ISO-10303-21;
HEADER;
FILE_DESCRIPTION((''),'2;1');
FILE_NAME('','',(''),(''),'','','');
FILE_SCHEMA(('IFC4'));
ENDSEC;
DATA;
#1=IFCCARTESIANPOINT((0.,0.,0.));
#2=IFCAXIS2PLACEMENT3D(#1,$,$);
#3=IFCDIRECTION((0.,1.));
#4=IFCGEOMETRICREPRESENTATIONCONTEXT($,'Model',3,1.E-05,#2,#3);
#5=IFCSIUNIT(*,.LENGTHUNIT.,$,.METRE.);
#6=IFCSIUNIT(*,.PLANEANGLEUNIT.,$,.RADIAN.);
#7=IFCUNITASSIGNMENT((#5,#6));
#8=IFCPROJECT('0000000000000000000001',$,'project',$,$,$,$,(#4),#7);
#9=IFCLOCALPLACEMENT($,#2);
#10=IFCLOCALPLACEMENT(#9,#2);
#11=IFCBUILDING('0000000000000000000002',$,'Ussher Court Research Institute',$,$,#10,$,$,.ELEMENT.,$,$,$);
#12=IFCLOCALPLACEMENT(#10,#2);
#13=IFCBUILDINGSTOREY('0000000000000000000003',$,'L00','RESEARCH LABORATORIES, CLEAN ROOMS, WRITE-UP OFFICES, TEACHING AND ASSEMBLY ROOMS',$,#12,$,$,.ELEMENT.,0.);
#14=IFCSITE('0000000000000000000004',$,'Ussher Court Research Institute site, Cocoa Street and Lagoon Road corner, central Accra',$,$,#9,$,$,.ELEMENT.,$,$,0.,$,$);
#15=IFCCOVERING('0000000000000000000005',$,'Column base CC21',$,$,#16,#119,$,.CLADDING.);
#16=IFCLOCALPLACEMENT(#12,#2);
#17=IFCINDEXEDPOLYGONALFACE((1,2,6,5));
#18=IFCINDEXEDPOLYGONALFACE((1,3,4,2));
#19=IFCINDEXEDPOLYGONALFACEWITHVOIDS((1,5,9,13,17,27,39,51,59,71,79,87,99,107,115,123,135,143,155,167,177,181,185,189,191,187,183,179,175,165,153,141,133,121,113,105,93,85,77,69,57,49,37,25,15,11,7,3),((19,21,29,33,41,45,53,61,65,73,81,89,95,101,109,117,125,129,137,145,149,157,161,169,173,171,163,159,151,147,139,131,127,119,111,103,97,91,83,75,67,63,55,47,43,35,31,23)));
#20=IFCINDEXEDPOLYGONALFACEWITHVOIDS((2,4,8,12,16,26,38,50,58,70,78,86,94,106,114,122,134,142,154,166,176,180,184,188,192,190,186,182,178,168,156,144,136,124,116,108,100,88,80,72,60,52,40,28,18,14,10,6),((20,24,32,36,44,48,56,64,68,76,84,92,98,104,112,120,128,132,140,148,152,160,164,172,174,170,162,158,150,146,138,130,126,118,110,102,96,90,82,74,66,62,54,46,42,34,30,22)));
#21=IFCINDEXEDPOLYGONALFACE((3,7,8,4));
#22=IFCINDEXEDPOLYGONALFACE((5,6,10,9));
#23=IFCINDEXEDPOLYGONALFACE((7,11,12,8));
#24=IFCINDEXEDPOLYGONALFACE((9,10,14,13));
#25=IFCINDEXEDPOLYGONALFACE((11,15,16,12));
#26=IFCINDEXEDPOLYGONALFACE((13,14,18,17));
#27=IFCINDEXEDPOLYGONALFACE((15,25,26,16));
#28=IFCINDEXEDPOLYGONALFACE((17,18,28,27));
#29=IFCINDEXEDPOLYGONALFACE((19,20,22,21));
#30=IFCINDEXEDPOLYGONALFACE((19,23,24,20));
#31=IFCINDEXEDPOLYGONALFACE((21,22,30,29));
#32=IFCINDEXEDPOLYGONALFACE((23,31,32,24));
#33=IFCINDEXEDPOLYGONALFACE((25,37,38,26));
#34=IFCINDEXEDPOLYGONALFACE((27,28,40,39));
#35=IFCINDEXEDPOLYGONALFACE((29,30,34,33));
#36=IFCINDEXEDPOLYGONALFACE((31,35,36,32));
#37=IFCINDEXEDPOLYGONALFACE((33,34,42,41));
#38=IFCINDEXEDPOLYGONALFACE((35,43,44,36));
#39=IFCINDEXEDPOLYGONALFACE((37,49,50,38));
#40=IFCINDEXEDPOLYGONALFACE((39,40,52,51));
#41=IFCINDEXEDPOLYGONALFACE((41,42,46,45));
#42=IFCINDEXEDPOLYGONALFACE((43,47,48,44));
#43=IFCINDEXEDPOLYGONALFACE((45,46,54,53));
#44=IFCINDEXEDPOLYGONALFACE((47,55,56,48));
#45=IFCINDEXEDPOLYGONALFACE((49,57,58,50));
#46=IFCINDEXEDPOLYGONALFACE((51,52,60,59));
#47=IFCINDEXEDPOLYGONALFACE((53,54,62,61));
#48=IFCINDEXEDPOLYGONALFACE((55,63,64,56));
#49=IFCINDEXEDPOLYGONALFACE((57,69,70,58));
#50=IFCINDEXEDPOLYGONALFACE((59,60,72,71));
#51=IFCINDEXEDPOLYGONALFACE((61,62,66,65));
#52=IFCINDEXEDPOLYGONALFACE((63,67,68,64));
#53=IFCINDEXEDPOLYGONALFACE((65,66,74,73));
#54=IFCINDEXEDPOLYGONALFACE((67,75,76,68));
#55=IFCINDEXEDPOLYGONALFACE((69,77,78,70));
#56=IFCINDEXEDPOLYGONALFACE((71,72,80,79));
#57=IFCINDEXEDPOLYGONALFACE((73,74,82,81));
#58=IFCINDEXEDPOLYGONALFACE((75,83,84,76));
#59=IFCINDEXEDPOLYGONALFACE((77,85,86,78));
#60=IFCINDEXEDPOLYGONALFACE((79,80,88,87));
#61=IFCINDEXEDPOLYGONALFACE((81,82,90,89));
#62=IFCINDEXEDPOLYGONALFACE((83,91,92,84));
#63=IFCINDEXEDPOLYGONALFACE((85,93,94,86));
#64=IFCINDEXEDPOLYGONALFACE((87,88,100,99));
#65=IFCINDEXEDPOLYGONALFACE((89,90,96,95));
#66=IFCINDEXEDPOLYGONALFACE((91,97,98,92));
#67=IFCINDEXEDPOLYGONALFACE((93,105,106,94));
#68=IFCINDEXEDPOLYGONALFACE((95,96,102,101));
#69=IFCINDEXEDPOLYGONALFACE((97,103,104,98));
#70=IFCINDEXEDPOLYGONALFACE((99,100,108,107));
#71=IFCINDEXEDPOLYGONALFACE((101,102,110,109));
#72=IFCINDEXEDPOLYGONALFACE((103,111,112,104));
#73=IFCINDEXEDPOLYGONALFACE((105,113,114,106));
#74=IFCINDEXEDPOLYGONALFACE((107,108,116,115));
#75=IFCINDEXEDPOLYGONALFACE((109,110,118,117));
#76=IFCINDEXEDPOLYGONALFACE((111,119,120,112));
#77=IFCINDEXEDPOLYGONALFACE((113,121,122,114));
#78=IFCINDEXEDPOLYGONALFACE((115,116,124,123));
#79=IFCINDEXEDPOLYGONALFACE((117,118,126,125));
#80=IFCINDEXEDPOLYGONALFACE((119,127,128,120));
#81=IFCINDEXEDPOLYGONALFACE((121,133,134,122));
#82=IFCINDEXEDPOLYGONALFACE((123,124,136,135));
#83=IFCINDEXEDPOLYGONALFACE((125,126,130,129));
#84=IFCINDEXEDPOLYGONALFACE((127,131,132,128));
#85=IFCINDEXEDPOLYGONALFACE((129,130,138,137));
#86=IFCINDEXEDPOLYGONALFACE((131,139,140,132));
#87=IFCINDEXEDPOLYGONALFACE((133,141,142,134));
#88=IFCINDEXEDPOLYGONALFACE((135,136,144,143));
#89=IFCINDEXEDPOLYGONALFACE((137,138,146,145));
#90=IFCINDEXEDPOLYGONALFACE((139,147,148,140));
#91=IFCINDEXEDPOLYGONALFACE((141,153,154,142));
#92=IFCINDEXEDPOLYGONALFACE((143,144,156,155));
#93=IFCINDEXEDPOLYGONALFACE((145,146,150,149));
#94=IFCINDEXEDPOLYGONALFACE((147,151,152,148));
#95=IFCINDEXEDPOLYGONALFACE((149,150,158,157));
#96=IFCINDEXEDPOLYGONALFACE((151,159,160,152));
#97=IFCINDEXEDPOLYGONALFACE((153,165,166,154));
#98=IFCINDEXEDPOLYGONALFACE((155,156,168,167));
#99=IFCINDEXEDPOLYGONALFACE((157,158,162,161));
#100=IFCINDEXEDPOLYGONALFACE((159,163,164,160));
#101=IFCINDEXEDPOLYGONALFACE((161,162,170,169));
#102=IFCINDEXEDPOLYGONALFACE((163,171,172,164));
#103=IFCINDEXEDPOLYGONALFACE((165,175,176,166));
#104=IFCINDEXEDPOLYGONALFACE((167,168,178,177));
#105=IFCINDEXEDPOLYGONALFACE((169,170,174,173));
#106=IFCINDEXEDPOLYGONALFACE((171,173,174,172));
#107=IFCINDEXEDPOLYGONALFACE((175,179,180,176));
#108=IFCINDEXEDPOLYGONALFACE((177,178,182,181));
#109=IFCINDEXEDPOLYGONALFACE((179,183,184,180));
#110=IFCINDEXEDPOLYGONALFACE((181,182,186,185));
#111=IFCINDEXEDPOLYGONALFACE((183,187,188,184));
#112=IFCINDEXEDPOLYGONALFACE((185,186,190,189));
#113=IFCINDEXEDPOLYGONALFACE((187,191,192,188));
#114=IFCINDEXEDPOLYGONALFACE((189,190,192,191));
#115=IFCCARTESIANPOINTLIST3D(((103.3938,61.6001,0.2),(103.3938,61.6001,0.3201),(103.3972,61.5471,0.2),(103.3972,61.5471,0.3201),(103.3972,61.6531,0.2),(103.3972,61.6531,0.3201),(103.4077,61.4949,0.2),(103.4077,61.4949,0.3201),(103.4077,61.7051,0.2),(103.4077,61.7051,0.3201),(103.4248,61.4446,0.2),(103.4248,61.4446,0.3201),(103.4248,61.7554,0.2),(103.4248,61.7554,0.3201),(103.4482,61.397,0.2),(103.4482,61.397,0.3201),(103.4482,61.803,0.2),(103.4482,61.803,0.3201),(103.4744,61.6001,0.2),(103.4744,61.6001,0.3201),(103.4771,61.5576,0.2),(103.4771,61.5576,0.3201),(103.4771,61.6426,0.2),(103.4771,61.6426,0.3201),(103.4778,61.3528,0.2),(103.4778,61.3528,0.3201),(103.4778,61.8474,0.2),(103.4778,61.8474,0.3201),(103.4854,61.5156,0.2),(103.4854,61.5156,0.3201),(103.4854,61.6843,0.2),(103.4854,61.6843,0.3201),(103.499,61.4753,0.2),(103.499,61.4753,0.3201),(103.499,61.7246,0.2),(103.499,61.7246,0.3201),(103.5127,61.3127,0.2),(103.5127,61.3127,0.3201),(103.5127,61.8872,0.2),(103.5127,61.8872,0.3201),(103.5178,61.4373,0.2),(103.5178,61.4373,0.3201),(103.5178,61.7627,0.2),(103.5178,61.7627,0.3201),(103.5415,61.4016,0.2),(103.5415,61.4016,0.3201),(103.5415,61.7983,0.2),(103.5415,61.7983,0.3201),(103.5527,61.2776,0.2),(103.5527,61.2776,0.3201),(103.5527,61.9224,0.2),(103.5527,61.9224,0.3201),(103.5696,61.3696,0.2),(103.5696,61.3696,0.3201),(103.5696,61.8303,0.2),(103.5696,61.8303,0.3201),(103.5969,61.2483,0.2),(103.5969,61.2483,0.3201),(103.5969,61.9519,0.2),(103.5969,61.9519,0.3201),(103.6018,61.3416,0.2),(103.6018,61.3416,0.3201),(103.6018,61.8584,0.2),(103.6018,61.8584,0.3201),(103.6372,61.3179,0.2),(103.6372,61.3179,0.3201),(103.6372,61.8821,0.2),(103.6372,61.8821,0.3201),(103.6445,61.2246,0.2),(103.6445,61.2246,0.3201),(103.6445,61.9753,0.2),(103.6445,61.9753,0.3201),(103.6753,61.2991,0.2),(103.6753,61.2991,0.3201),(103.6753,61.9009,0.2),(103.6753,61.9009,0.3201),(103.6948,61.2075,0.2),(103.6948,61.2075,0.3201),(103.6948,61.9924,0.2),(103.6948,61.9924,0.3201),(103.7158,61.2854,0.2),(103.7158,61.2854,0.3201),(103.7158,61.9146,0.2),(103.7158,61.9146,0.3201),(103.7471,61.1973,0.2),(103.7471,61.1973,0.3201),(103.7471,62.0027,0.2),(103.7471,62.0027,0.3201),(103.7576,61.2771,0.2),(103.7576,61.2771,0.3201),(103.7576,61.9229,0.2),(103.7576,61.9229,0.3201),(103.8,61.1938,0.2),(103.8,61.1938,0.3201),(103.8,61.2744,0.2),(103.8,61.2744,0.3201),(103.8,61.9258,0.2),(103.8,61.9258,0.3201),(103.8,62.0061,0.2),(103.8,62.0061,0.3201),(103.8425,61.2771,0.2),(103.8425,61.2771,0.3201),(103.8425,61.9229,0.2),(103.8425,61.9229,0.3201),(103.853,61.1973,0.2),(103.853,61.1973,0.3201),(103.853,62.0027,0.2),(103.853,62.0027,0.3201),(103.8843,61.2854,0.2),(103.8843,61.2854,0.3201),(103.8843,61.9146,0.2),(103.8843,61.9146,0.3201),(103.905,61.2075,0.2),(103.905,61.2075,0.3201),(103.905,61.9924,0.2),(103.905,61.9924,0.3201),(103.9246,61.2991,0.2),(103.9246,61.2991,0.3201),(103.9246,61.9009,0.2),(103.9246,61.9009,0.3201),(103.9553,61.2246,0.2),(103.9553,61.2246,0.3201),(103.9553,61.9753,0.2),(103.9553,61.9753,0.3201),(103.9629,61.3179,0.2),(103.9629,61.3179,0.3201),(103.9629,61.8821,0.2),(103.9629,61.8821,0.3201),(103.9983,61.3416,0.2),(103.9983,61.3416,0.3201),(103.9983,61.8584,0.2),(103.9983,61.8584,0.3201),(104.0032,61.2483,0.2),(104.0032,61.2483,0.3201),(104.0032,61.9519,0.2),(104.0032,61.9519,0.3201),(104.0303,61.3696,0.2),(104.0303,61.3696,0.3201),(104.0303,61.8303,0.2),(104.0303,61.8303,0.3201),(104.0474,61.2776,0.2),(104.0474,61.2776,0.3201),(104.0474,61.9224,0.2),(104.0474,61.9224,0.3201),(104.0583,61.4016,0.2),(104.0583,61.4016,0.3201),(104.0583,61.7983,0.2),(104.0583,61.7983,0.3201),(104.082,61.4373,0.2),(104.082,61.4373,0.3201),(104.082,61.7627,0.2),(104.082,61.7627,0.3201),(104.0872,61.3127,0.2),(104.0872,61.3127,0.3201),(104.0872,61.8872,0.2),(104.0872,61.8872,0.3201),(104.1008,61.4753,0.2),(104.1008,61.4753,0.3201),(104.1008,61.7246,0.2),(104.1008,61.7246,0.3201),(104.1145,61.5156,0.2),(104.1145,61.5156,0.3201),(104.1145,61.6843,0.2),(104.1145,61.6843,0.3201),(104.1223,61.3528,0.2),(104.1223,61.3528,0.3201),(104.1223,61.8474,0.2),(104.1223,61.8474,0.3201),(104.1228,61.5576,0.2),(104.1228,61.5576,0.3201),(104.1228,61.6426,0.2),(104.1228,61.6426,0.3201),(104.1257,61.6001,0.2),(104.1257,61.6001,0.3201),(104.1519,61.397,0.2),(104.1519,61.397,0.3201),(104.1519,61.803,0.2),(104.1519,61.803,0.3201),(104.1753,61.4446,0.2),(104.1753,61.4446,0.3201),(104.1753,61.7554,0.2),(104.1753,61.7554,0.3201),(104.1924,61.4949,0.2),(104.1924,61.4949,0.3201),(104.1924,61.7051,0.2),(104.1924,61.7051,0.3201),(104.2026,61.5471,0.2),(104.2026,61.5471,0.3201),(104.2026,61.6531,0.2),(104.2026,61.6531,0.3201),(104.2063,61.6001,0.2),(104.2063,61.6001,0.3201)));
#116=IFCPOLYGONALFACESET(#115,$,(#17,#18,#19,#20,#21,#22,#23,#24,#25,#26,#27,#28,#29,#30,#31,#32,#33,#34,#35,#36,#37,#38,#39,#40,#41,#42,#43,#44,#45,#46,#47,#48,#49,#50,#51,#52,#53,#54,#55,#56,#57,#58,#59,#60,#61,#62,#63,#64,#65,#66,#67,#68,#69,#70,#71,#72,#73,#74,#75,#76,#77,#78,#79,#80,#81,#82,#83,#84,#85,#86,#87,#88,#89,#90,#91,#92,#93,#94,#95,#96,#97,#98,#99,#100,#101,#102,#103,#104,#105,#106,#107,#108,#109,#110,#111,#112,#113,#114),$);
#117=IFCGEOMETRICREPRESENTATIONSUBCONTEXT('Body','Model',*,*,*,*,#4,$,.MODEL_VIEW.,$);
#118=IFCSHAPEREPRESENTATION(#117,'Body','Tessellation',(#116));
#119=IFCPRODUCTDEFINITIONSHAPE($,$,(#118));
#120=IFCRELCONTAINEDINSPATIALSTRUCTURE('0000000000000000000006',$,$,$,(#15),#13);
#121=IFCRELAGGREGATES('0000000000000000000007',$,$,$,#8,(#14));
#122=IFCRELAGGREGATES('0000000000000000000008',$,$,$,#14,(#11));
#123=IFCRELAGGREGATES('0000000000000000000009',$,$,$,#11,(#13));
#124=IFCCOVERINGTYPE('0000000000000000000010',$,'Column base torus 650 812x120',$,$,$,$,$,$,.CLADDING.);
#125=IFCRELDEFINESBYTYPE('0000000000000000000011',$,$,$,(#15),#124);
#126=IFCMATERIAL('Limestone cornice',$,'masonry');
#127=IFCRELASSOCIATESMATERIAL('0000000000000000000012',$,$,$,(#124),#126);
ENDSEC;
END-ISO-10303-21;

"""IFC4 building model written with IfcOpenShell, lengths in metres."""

from ifc_helpers import new_model, si_unit, direction, frame, origin, place, context, subcontext, project, spatial, polyline, outline, extrude, material, type_object, element, save


model = new_model("IFC4")

# Units and contexts
model_context = context("Model", 3, precision=1e-05, world=origin(), true_north=direction((0.0, 1.0)))
body_context = subcontext(model_context, "Body", "Model", "MODEL_VIEW")
ifc_project = project(units=[si_unit("LENGTHUNIT", "METRE"), si_unit("PLANEANGLEUNIT", "RADIAN")], contexts=[model_context])

# Site, building, storey
site_placement = place(None, origin())
site = spatial("IfcSite", under=ifc_project, at=site_placement, Name="Ussher Court Research Institute site, Cocoa Street and Lagoon Road corner, central Accra", CompositionType="ELEMENT", RefElevation=0.0)
building_placement = place(site_placement, origin())
building = spatial("IfcBuilding", under=site, at=building_placement, Name="Ussher Court Research Institute", CompositionType="ELEMENT")
storey_placement = place(building_placement, origin())
storey = spatial("IfcBuildingStorey", under=building, at=storey_placement, Name="L00", Description="RESEARCH LABORATORIES, CLEAN ROOMS, WRITE-UP OFFICES, TEACHING AND ASSEMBLY ROOMS", CompositionType="ELEMENT", Elevation=0.0)

# Covering
ifc_material_1 = material(Name="Limestone cornice", Category="masonry")
covering_type_1 = type_object("IfcCoveringType", Name="Column base torus 650 812x120", PredefinedType="CLADDING", material=ifc_material_1)
covering_1_placement = place(storey_placement, frame((0.0, 0.0, 0.2)))
element("IfcCovering", 1, at=covering_1_placement, inside=storey, type_object=covering_type_1, Name="Column base CC21", PredefinedType="CLADDING", context=body_context, shape_type="SweptSolid", body=[
    extrude(outline(polyline([(104.2063, 61.6001), (104.2026, 61.6531), (104.1924, 61.7051), (104.1753, 61.7554), (104.1519, 61.803), (104.1223, 61.8474), (104.0872, 61.8872), (104.0474, 61.9224), (104.0032, 61.9519), (103.9553, 61.9753), (103.905, 61.9924), (103.853, 62.0027), (103.8, 62.0061), (103.7471, 62.0027), (103.6948, 61.9924), (103.6445, 61.9753), (103.5969, 61.9519), (103.5527, 61.9224), (103.5127, 61.8872), (103.4778, 61.8474), (103.4482, 61.803), (103.4248, 61.7554), (103.4077, 61.7051), (103.3972, 61.6531), (103.3938, 61.6001), (103.3972, 61.5471), (103.4077, 61.4949), (103.4248, 61.4446), (103.4482, 61.397), (103.4778, 61.3528), (103.5127, 61.3127), (103.5527, 61.2776), (103.5969, 61.2483), (103.6445, 61.2246), (103.6948, 61.2075), (103.7471, 61.1973), (103.8, 61.1938), (103.853, 61.1973), (103.905, 61.2075), (103.9553, 61.2246), (104.0032, 61.2483), (104.0474, 61.2776), (104.0872, 61.3127), (104.1223, 61.3528), (104.1519, 61.397), (104.1753, 61.4446), (104.1924, 61.4949), (104.2026, 61.5471), (104.2063, 61.6001)]), holes=[polyline([(104.1257, 61.6001), (104.1228, 61.6426), (104.1145, 61.6843), (104.1008, 61.7246), (104.082, 61.7627), (104.0583, 61.7983), (104.0303, 61.8303), (103.9983, 61.8584), (103.9629, 61.8821), (103.9246, 61.9009), (103.8843, 61.9146), (103.8425, 61.9229), (103.8, 61.9258), (103.7576, 61.9229), (103.7158, 61.9146), (103.6753, 61.9009), (103.6372, 61.8821), (103.6018, 61.8584), (103.5696, 61.8303), (103.5415, 61.7983), (103.5178, 61.7627), (103.499, 61.7246), (103.4854, 61.6843), (103.4771, 61.6426), (103.4744, 61.6001), (103.4771, 61.5576), (103.4854, 61.5156), (103.499, 61.4753), (103.5178, 61.4373), (103.5415, 61.4016), (103.5696, 61.3696), (103.6018, 61.3416), (103.6372, 61.3179), (103.6753, 61.2991), (103.7158, 61.2854), (103.7576, 61.2771), (103.8, 61.2744), (103.8425, 61.2771), (103.8843, 61.2854), (103.9246, 61.2991), (103.9629, 61.3179), (103.9983, 61.3416), (104.0303, 61.3696), (104.0583, 61.4016), (104.082, 61.4373), (104.1008, 61.4753), (104.1145, 61.5156), (104.1228, 61.5576), (104.1257, 61.6001)])]), origin(), (0.0, 0.0, 1.0), 0.1201),
])

save(model, "model.ifc")
